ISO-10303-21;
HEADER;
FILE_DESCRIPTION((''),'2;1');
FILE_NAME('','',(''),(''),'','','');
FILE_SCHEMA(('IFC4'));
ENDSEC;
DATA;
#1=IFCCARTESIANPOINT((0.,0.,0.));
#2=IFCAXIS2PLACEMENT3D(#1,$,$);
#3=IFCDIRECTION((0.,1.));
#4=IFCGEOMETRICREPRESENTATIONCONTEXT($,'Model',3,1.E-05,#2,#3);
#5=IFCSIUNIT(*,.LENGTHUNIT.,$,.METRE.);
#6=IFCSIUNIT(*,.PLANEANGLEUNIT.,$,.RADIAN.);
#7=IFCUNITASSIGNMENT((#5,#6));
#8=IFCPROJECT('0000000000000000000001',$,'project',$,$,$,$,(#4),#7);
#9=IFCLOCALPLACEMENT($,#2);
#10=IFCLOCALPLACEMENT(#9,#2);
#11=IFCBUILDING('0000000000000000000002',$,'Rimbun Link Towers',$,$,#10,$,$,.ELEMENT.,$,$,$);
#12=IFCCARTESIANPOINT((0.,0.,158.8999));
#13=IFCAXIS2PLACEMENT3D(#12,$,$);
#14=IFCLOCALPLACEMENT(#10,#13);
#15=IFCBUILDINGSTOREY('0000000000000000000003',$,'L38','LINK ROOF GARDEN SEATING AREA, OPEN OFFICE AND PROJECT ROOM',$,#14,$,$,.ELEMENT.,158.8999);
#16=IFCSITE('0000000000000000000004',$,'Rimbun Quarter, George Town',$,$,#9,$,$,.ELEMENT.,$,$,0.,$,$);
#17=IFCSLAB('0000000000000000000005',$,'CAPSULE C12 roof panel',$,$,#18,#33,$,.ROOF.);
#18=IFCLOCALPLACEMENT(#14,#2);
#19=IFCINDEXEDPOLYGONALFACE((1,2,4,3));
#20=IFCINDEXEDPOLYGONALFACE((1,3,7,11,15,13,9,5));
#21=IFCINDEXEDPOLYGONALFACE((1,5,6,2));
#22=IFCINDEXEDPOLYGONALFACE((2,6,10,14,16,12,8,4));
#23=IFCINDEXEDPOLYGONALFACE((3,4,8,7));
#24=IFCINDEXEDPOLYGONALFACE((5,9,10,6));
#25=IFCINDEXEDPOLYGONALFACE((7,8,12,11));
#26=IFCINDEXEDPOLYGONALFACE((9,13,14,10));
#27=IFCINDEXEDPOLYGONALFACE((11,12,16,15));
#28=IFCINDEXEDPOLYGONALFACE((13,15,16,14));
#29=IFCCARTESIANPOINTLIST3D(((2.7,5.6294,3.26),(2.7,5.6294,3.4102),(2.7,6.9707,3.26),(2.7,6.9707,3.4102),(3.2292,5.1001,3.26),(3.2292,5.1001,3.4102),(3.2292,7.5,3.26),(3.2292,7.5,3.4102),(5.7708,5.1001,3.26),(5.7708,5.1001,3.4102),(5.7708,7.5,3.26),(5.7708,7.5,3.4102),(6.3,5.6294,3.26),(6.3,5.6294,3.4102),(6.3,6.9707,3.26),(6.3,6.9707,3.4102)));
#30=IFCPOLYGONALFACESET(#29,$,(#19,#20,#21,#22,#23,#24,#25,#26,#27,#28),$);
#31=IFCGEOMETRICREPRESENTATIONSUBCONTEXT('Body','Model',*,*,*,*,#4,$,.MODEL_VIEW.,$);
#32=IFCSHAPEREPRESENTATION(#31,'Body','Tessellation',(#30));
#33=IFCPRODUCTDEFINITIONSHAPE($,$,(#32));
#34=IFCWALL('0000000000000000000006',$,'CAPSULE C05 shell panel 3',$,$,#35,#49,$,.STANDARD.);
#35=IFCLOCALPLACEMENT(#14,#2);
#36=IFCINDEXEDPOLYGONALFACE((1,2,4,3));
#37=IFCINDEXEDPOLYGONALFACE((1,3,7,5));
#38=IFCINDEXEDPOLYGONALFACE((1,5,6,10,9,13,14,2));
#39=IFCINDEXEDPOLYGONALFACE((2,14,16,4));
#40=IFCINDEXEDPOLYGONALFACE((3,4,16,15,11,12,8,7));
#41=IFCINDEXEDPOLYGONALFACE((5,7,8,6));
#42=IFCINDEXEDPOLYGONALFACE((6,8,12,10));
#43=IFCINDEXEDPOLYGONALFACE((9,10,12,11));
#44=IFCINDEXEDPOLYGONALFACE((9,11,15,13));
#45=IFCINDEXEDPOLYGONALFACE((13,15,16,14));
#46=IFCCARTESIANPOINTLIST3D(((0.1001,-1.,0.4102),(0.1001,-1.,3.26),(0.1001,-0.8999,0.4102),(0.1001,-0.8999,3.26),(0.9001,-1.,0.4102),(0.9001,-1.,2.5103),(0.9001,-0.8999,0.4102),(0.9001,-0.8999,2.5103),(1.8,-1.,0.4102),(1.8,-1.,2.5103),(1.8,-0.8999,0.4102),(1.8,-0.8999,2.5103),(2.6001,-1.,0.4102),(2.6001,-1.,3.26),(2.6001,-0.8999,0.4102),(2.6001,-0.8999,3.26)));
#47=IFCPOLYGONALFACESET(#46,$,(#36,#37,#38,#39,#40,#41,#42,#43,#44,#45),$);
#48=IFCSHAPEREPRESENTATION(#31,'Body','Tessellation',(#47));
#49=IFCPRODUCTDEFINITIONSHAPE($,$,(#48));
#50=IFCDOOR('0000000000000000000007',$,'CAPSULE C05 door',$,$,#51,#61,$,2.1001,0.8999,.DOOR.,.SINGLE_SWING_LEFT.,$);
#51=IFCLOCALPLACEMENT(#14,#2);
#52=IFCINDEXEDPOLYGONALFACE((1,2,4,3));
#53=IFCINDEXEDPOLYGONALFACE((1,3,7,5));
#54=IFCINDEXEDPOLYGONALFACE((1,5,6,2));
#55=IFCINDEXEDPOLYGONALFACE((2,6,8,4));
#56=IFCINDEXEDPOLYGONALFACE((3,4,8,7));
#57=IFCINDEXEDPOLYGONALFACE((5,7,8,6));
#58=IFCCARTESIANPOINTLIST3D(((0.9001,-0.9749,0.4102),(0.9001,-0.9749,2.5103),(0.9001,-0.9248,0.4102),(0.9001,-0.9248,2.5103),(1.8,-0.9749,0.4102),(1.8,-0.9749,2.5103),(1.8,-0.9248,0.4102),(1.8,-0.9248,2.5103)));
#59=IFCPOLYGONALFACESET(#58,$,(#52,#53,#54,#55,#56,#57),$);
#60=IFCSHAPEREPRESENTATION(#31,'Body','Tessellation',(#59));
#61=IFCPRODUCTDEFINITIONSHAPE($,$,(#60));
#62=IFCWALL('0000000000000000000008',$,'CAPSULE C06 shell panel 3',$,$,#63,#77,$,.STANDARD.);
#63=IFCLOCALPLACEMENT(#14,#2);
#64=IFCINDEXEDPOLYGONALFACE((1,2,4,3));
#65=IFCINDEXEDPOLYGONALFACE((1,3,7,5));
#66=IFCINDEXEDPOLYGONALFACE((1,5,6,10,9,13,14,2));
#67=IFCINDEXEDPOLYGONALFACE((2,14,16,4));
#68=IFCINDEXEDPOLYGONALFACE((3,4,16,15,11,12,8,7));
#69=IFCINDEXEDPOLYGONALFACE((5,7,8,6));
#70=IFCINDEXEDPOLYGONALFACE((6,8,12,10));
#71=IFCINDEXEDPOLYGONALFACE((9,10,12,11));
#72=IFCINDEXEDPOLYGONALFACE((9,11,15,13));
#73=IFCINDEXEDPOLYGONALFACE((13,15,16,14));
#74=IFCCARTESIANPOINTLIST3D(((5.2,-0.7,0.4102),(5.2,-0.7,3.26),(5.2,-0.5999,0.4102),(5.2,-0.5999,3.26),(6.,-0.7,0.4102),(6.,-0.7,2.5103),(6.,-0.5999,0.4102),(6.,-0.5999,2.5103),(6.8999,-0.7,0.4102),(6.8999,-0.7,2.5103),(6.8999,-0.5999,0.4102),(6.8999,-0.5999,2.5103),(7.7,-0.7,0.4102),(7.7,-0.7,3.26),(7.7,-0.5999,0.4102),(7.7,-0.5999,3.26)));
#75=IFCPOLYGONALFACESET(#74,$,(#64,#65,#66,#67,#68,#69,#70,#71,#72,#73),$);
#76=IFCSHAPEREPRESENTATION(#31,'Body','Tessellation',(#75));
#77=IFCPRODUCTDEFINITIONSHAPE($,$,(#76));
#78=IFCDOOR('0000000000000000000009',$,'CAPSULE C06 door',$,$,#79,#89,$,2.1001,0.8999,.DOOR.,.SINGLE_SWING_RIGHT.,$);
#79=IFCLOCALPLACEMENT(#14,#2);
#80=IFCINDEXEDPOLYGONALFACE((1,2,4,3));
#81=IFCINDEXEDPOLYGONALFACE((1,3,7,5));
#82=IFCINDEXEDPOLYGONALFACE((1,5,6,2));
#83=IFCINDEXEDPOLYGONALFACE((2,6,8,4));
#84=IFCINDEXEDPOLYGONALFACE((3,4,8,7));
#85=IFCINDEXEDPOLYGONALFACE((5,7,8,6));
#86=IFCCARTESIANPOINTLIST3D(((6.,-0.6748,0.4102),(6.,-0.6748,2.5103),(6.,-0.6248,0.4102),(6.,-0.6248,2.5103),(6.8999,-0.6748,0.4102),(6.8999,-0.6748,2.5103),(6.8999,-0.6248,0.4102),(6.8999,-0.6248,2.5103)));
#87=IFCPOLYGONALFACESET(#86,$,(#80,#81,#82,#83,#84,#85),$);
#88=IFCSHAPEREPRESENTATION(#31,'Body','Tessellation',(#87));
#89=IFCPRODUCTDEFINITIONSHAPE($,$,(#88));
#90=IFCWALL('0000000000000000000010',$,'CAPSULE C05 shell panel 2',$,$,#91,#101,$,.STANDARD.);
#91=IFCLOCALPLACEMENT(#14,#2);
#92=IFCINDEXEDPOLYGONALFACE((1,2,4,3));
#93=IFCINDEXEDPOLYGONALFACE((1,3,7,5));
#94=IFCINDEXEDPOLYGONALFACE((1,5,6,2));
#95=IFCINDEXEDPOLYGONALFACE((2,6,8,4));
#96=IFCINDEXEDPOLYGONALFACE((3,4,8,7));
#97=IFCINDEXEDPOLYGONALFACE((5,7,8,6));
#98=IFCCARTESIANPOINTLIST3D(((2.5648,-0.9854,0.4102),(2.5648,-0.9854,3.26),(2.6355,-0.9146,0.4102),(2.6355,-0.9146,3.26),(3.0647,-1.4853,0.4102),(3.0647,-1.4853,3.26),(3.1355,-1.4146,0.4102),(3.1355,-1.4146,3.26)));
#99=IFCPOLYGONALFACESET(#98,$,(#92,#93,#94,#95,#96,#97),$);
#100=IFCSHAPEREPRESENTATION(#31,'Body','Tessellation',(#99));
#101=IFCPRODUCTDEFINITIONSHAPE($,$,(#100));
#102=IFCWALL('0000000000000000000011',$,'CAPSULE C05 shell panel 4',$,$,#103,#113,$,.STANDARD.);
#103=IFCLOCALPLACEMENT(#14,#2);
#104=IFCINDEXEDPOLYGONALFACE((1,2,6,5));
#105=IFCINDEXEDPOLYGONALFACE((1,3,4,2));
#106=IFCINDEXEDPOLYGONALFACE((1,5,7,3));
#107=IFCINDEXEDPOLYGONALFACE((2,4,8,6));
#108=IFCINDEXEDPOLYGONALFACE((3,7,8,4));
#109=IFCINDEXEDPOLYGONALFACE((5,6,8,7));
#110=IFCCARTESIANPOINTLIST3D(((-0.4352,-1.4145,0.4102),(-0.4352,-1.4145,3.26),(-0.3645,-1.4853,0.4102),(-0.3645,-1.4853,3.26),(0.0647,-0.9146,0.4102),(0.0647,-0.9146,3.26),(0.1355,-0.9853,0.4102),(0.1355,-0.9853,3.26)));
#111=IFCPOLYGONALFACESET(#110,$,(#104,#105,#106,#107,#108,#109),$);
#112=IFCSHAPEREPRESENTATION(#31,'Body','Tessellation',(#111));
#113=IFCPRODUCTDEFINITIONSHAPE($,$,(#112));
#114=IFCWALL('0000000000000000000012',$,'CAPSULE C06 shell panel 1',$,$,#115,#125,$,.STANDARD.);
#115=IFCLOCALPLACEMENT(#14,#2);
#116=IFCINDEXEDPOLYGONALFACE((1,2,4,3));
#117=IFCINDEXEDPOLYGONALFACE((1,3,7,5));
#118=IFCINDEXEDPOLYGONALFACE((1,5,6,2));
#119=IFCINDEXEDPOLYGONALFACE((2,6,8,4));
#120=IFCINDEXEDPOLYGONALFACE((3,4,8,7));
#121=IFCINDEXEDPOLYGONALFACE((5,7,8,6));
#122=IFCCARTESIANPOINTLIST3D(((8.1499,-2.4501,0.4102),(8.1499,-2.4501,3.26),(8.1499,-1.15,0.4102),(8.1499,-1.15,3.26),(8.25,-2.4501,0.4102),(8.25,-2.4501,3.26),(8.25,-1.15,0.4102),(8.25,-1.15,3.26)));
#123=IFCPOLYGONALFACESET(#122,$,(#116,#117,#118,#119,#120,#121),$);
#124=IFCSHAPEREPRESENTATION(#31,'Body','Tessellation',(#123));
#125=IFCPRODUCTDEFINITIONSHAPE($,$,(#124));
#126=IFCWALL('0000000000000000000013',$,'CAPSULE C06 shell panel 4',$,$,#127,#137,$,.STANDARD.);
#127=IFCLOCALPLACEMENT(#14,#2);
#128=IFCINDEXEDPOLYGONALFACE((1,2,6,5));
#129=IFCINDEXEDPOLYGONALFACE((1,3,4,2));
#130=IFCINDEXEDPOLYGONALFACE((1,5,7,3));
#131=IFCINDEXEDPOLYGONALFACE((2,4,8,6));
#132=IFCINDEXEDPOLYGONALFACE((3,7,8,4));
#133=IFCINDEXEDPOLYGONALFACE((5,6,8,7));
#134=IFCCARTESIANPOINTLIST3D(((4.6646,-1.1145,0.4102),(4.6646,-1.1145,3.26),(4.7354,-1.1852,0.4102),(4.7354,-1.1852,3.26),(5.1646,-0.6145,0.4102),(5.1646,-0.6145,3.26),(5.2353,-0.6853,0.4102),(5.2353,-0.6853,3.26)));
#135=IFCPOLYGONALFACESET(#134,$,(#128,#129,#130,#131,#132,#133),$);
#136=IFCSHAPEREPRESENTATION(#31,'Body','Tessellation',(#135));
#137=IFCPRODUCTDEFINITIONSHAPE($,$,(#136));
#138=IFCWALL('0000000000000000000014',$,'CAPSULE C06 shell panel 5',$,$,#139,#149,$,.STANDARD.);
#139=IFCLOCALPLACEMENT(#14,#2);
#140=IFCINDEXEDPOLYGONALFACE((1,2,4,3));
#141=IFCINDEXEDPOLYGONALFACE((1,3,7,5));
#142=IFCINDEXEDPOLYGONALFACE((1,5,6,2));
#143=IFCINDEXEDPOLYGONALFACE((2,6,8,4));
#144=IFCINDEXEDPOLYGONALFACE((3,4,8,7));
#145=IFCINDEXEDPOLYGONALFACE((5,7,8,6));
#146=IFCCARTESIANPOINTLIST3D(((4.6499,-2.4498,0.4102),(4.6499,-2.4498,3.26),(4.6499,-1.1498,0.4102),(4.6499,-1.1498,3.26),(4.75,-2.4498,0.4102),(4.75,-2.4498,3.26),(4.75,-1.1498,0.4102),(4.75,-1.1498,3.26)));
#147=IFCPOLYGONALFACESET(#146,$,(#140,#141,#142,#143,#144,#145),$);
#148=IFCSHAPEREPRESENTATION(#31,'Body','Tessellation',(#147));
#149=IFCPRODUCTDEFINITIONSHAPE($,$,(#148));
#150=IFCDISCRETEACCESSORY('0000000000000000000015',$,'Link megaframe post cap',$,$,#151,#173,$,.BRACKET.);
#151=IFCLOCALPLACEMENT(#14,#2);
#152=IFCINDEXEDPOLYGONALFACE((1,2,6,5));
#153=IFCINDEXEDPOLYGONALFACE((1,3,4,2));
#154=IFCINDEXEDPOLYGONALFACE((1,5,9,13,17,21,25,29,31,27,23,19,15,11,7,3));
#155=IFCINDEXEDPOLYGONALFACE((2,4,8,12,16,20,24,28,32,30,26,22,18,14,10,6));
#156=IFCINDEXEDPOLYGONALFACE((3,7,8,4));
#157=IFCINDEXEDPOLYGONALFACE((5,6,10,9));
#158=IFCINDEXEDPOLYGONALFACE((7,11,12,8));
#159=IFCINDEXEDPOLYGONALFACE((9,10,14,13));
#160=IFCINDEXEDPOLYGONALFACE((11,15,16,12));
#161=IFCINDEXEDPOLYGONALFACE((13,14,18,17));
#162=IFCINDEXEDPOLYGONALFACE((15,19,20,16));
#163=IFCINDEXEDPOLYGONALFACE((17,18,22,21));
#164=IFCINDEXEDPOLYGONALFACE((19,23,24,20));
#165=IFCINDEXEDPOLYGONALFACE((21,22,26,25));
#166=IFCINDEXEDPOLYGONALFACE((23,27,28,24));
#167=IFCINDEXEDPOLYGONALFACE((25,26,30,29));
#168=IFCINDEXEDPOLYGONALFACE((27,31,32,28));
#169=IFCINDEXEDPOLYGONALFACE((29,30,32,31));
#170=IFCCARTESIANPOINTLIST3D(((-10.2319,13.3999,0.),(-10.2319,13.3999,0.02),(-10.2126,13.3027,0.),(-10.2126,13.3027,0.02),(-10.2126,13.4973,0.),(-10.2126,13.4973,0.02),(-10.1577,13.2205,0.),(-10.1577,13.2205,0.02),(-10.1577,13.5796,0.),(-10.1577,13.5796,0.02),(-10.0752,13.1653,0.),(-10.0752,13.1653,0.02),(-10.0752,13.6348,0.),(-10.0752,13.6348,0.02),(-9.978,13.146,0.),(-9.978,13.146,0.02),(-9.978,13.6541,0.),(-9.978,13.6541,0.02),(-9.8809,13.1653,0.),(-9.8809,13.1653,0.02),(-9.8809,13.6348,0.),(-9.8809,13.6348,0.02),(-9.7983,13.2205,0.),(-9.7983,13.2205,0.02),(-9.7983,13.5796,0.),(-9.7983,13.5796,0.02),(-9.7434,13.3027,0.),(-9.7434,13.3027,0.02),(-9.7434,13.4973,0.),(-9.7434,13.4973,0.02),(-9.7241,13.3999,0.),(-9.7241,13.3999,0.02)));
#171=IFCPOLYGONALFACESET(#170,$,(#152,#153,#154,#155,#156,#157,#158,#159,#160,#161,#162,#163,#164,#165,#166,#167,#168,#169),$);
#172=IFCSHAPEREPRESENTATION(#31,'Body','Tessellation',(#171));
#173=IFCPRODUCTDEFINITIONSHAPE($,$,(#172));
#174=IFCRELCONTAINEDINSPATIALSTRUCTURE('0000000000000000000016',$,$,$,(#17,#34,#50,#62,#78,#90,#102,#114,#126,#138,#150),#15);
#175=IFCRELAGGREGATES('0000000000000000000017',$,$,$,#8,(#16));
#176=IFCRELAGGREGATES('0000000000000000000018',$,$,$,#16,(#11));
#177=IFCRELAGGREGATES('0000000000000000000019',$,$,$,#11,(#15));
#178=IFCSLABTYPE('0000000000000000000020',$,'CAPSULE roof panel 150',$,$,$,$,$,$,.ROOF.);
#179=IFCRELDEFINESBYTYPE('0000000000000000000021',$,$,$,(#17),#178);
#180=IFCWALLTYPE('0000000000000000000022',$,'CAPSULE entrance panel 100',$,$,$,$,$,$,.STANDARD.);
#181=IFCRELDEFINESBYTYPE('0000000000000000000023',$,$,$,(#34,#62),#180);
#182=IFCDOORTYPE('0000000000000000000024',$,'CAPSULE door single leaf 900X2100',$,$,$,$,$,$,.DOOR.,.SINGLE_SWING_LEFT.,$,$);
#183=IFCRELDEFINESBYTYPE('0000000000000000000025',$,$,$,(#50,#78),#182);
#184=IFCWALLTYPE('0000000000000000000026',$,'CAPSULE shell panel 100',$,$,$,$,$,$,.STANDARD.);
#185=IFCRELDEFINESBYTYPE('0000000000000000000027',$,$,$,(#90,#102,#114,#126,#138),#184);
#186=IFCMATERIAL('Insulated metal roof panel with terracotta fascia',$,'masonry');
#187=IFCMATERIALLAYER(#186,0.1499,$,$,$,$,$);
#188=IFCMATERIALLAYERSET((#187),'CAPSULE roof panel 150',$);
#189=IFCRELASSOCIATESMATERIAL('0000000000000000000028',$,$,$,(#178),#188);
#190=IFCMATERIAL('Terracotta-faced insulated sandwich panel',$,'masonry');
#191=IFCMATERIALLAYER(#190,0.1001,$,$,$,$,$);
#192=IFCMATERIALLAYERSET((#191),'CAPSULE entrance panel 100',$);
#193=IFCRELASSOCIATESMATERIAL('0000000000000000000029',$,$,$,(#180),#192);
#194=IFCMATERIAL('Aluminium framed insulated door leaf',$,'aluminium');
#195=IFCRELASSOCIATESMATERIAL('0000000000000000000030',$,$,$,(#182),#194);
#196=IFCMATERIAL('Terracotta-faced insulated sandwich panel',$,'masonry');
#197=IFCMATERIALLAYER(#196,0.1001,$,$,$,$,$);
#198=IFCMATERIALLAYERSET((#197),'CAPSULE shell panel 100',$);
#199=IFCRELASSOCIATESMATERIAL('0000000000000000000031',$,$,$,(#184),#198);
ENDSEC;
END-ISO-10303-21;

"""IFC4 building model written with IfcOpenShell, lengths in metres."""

from ifc_helpers import new_model, si_unit, direction, frame, frame_2d, origin, place, context, subcontext, project, spatial, polyline, rectangle, outline, extrude, material, layer, layer_set, type_object, element, fill, save


model = new_model("IFC4")

# Units and contexts
model_context = context("Model", 3, precision=1e-05, world=origin(), true_north=direction((0.0, 1.0)))
body_context = subcontext(model_context, "Body", "Model", "MODEL_VIEW")
ifc_project = project(units=[si_unit("LENGTHUNIT", "METRE"), si_unit("PLANEANGLEUNIT", "RADIAN")], contexts=[model_context])

# Site, building, storey
site_placement = place(None, origin())
site = spatial("IfcSite", under=ifc_project, at=site_placement, Name="Rimbun Quarter, George Town", CompositionType="ELEMENT", RefElevation=0.0)
building_placement = place(site_placement, origin())
building = spatial("IfcBuilding", under=site, at=building_placement, Name="Rimbun Link Towers", CompositionType="ELEMENT")
storey_placement = place(building_placement, frame((0.0, 0.0, 158.8999)))
storey = spatial("IfcBuildingStorey", under=building, at=storey_placement, Name="L38", Description="LINK ROOF GARDEN SEATING AREA, OPEN OFFICE AND PROJECT ROOM", CompositionType="ELEMENT", Elevation=158.8999)

# Slab
ifc_material_1 = material(Name="Insulated metal roof panel with terracotta fascia", Category="masonry")
ifc_layer_1 = layer(ifc_material_1, 0.1499)
ifc_layer_set_1 = layer_set([ifc_layer_1], Name="CAPSULE roof panel 150")
slab_type_1 = type_object("IfcSlabType", Name="CAPSULE roof panel 150", PredefinedType="ROOF", material=ifc_layer_set_1)
slab_1_placement = place(storey_placement, frame((0.0, 0.0, 3.26)))
element("IfcSlab", 1, at=slab_1_placement, inside=storey, type_object=slab_type_1, Name="CAPSULE C12 roof panel", PredefinedType="ROOF", context=body_context, shape_type="SweptSolid", body=[
    extrude(outline(polyline([(6.3, 6.9707), (5.7708, 7.5), (3.2292, 7.5), (2.7, 6.9707), (2.7, 5.6294), (3.2292, 5.1001), (5.7708, 5.1001), (6.3, 5.6294), (6.3, 6.9707)])), origin(), (0.0, 0.0, 1.0), 0.1501),
])

# Walls, openings, doors
ifc_material_2 = material(Name="Terracotta-faced insulated sandwich panel", Category="masonry")
ifc_layer_2 = layer(ifc_material_2, 0.1001)
ifc_layer_set_2 = layer_set([ifc_layer_2], Name="CAPSULE entrance panel 100")
wall_type_1 = type_object("IfcWallType", Name="CAPSULE entrance panel 100", PredefinedType="STANDARD", material=ifc_layer_set_2)
wall_1_placement = place(storey_placement, frame((2.6001, -0.95, 0.4102), z_axis=(0.0, 0.0, 1.0), x_axis=(-1.0, 0.0, 0.0)))
wall_1 = element("IfcWall", 2, at=wall_1_placement, inside=storey, type_object=wall_type_1, Name="CAPSULE C05 shell panel 3", PredefinedType="STANDARD", context=body_context, shape_type="SweptSolid", body=[
    extrude(rectangle(XDim=2.5, YDim=0.1001, at=frame_2d((1.25, 0.0))), origin(), (0.0, 0.0, 1.0), 2.8499),
])
opening_1_placement = place(wall_1_placement, frame((0.8, 0.0, 0.0)))
opening_1 = element("IfcOpeningElement", 3, at=opening_1_placement, cuts=wall_1, PredefinedType="OPENING", context=body_context, shape_type="SweptSolid", body=[
    extrude(rectangle(XDim=0.8999, YDim=2.1001, at=frame_2d((0.45, 1.05))), frame((0.0, 0.0601, 0.0), z_axis=(0.0, -1.0, 0.0), x_axis=(1.0, 0.0, 0.0)), (0.0, 0.0, 1.0), 0.1201),
])
ifc_material_3 = material(Name="Aluminium framed insulated door leaf", Category="aluminium")
door_type = type_object("IfcDoorType", Name="CAPSULE door single leaf 900X2100", OperationType="SINGLE_SWING_LEFT", PredefinedType="DOOR", material=ifc_material_3)
door_1_placement = place(opening_1_placement, origin())
door_1 = element("IfcDoor", 4, at=door_1_placement, inside=storey, type_object=door_type, Name="CAPSULE C05 door", OperationType="SINGLE_SWING_LEFT", OverallHeight=2.1001, OverallWidth=0.8999, PredefinedType="DOOR", context=body_context, shape_type="SweptSolid", body=[
    extrude(rectangle(XDim=0.8999, YDim=2.1001, at=frame_2d((0.45, 1.05))), frame((0.0, 0.0249, 0.0), z_axis=(0.0, -1.0, 0.0), x_axis=(1.0, 0.0, 0.0)), (0.0, 0.0, 1.0), 0.05),
])
fill(opening_1, door_1)
wall_2_placement = place(storey_placement, frame((7.7, -0.6499, 0.4102), z_axis=(0.0, 0.0, 1.0), x_axis=(-1.0, 0.0, 0.0)))
wall_2 = element("IfcWall", 5, at=wall_2_placement, inside=storey, type_object=wall_type_1, Name="CAPSULE C06 shell panel 3", PredefinedType="STANDARD", context=body_context, shape_type="SweptSolid", body=[
    extrude(rectangle(XDim=2.5, YDim=0.1001, at=frame_2d((1.25, 0.0))), origin(), (0.0, 0.0, 1.0), 2.8499),
])
opening_2_placement = place(wall_2_placement, frame((0.8, 0.0, 0.0)))
opening_2 = element("IfcOpeningElement", 6, at=opening_2_placement, cuts=wall_2, PredefinedType="OPENING", context=body_context, shape_type="SweptSolid", body=[
    extrude(rectangle(XDim=0.8999, YDim=2.1001, at=frame_2d((0.45, 1.05))), frame((0.0, 0.0601, 0.0), z_axis=(0.0, -1.0, 0.0), x_axis=(1.0, 0.0, 0.0)), (0.0, 0.0, 1.0), 0.1201),
])
door_2_placement = place(opening_2_placement, origin())
door_2 = element("IfcDoor", 7, at=door_2_placement, inside=storey, type_object=door_type, Name="CAPSULE C06 door", OperationType="SINGLE_SWING_RIGHT", OverallHeight=2.1001, OverallWidth=0.8999, PredefinedType="DOOR", context=body_context, shape_type="SweptSolid", body=[
    extrude(rectangle(XDim=0.8999, YDim=2.1001, at=frame_2d((0.45, 1.05))), frame((0.0, 0.0249, 0.0), z_axis=(0.0, -1.0, 0.0), x_axis=(1.0, 0.0, 0.0)), (0.0, 0.0, 1.0), 0.05),
])
fill(opening_2, door_2)

# Walls
ifc_material_4 = material(Name="Terracotta-faced insulated sandwich panel", Category="masonry")
ifc_layer_3 = layer(ifc_material_4, 0.1001)
ifc_layer_set_3 = layer_set([ifc_layer_3], Name="CAPSULE shell panel 100")
wall_type_2 = type_object("IfcWallType", Name="CAPSULE shell panel 100", PredefinedType="STANDARD", material=ifc_layer_set_3)
for number, where, z_axis, x_axis, name in (
    (8, (3.1001, -1.45, 0.4102), (0.0, 0.0, 1.0), (-0.707107, 0.707107, 0.0), "CAPSULE C05 shell panel 2"),
    (9, (0.1001, -0.95, 0.4102), (0.0, 0.0, 1.0), (-0.707107, -0.707107, 0.0), "CAPSULE C05 shell panel 4"),
):
    element("IfcWall", number, at=place(storey_placement, frame(where, z_axis=z_axis, x_axis=x_axis)), inside=storey, type_object=wall_type_2, Name=name, PredefinedType="STANDARD", context=body_context, shape_type="SweptSolid", body=[
        extrude(rectangle(XDim=0.707, YDim=0.1001, at=frame_2d((0.3535, 0.0))), origin(), (0.0, 0.0, 1.0), 2.8499),
    ])
wall_3_placement = place(storey_placement, frame((8.2, -2.45, 0.4102), z_axis=(0.0, 0.0, 1.0), x_axis=(0.0, 1.0, 0.0)))
element("IfcWall", 10, at=wall_3_placement, inside=storey, type_object=wall_type_2, Name="CAPSULE C06 shell panel 1", PredefinedType="STANDARD", context=body_context, shape_type="SweptSolid", body=[
    extrude(rectangle(XDim=1.3, YDim=0.1001, at=frame_2d((0.6499, 0.0))), origin(), (0.0, 0.0, 1.0), 2.8499),
])
wall_4_placement = place(storey_placement, frame((5.2, -0.6499, 0.4102), z_axis=(0.0, 0.0, 1.0), x_axis=(-0.707107, -0.707107, 0.0)))
element("IfcWall", 11, at=wall_4_placement, inside=storey, type_object=wall_type_2, Name="CAPSULE C06 shell panel 4", PredefinedType="STANDARD", context=body_context, shape_type="SweptSolid", body=[
    extrude(rectangle(XDim=0.707, YDim=0.1001, at=frame_2d((0.3535, 0.0))), origin(), (0.0, 0.0, 1.0), 2.8499),
])
wall_5_placement = place(storey_placement, frame((4.7, -1.1499, 0.4102), z_axis=(0.0, 0.0, 1.0), x_axis=(0.0, -1.0, 0.0)))
element("IfcWall", 12, at=wall_5_placement, inside=storey, type_object=wall_type_2, Name="CAPSULE C06 shell panel 5", PredefinedType="STANDARD", context=body_context, shape_type="SweptSolid", body=[
    extrude(rectangle(XDim=1.3, YDim=0.1001, at=frame_2d((0.6499, 0.0))), origin(), (0.0, 0.0, 1.0), 2.8499),
])

# Discrete accessory
discrete_accessory_1_placement = place(storey_placement, origin())
element("IfcDiscreteAccessory", 13, at=discrete_accessory_1_placement, inside=storey, Name="Link megaframe post cap", PredefinedType="BRACKET", context=body_context, shape_type="SweptSolid", body=[
    extrude(outline(polyline([(-9.7241, 13.3999), (-9.7434, 13.4973), (-9.7983, 13.5796), (-9.8809, 13.6348), (-9.978, 13.6541), (-10.0752, 13.6348), (-10.1577, 13.5796), (-10.2126, 13.4973), (-10.2319, 13.3999), (-10.2126, 13.3027), (-10.1577, 13.2205), (-10.0752, 13.1653), (-9.978, 13.146), (-9.8809, 13.1653), (-9.7983, 13.2205), (-9.7434, 13.3027), (-9.7241, 13.3999)])), origin(), (0.0, 0.0, 1.0), 0.02),
])

save(model, "model.ifc")
